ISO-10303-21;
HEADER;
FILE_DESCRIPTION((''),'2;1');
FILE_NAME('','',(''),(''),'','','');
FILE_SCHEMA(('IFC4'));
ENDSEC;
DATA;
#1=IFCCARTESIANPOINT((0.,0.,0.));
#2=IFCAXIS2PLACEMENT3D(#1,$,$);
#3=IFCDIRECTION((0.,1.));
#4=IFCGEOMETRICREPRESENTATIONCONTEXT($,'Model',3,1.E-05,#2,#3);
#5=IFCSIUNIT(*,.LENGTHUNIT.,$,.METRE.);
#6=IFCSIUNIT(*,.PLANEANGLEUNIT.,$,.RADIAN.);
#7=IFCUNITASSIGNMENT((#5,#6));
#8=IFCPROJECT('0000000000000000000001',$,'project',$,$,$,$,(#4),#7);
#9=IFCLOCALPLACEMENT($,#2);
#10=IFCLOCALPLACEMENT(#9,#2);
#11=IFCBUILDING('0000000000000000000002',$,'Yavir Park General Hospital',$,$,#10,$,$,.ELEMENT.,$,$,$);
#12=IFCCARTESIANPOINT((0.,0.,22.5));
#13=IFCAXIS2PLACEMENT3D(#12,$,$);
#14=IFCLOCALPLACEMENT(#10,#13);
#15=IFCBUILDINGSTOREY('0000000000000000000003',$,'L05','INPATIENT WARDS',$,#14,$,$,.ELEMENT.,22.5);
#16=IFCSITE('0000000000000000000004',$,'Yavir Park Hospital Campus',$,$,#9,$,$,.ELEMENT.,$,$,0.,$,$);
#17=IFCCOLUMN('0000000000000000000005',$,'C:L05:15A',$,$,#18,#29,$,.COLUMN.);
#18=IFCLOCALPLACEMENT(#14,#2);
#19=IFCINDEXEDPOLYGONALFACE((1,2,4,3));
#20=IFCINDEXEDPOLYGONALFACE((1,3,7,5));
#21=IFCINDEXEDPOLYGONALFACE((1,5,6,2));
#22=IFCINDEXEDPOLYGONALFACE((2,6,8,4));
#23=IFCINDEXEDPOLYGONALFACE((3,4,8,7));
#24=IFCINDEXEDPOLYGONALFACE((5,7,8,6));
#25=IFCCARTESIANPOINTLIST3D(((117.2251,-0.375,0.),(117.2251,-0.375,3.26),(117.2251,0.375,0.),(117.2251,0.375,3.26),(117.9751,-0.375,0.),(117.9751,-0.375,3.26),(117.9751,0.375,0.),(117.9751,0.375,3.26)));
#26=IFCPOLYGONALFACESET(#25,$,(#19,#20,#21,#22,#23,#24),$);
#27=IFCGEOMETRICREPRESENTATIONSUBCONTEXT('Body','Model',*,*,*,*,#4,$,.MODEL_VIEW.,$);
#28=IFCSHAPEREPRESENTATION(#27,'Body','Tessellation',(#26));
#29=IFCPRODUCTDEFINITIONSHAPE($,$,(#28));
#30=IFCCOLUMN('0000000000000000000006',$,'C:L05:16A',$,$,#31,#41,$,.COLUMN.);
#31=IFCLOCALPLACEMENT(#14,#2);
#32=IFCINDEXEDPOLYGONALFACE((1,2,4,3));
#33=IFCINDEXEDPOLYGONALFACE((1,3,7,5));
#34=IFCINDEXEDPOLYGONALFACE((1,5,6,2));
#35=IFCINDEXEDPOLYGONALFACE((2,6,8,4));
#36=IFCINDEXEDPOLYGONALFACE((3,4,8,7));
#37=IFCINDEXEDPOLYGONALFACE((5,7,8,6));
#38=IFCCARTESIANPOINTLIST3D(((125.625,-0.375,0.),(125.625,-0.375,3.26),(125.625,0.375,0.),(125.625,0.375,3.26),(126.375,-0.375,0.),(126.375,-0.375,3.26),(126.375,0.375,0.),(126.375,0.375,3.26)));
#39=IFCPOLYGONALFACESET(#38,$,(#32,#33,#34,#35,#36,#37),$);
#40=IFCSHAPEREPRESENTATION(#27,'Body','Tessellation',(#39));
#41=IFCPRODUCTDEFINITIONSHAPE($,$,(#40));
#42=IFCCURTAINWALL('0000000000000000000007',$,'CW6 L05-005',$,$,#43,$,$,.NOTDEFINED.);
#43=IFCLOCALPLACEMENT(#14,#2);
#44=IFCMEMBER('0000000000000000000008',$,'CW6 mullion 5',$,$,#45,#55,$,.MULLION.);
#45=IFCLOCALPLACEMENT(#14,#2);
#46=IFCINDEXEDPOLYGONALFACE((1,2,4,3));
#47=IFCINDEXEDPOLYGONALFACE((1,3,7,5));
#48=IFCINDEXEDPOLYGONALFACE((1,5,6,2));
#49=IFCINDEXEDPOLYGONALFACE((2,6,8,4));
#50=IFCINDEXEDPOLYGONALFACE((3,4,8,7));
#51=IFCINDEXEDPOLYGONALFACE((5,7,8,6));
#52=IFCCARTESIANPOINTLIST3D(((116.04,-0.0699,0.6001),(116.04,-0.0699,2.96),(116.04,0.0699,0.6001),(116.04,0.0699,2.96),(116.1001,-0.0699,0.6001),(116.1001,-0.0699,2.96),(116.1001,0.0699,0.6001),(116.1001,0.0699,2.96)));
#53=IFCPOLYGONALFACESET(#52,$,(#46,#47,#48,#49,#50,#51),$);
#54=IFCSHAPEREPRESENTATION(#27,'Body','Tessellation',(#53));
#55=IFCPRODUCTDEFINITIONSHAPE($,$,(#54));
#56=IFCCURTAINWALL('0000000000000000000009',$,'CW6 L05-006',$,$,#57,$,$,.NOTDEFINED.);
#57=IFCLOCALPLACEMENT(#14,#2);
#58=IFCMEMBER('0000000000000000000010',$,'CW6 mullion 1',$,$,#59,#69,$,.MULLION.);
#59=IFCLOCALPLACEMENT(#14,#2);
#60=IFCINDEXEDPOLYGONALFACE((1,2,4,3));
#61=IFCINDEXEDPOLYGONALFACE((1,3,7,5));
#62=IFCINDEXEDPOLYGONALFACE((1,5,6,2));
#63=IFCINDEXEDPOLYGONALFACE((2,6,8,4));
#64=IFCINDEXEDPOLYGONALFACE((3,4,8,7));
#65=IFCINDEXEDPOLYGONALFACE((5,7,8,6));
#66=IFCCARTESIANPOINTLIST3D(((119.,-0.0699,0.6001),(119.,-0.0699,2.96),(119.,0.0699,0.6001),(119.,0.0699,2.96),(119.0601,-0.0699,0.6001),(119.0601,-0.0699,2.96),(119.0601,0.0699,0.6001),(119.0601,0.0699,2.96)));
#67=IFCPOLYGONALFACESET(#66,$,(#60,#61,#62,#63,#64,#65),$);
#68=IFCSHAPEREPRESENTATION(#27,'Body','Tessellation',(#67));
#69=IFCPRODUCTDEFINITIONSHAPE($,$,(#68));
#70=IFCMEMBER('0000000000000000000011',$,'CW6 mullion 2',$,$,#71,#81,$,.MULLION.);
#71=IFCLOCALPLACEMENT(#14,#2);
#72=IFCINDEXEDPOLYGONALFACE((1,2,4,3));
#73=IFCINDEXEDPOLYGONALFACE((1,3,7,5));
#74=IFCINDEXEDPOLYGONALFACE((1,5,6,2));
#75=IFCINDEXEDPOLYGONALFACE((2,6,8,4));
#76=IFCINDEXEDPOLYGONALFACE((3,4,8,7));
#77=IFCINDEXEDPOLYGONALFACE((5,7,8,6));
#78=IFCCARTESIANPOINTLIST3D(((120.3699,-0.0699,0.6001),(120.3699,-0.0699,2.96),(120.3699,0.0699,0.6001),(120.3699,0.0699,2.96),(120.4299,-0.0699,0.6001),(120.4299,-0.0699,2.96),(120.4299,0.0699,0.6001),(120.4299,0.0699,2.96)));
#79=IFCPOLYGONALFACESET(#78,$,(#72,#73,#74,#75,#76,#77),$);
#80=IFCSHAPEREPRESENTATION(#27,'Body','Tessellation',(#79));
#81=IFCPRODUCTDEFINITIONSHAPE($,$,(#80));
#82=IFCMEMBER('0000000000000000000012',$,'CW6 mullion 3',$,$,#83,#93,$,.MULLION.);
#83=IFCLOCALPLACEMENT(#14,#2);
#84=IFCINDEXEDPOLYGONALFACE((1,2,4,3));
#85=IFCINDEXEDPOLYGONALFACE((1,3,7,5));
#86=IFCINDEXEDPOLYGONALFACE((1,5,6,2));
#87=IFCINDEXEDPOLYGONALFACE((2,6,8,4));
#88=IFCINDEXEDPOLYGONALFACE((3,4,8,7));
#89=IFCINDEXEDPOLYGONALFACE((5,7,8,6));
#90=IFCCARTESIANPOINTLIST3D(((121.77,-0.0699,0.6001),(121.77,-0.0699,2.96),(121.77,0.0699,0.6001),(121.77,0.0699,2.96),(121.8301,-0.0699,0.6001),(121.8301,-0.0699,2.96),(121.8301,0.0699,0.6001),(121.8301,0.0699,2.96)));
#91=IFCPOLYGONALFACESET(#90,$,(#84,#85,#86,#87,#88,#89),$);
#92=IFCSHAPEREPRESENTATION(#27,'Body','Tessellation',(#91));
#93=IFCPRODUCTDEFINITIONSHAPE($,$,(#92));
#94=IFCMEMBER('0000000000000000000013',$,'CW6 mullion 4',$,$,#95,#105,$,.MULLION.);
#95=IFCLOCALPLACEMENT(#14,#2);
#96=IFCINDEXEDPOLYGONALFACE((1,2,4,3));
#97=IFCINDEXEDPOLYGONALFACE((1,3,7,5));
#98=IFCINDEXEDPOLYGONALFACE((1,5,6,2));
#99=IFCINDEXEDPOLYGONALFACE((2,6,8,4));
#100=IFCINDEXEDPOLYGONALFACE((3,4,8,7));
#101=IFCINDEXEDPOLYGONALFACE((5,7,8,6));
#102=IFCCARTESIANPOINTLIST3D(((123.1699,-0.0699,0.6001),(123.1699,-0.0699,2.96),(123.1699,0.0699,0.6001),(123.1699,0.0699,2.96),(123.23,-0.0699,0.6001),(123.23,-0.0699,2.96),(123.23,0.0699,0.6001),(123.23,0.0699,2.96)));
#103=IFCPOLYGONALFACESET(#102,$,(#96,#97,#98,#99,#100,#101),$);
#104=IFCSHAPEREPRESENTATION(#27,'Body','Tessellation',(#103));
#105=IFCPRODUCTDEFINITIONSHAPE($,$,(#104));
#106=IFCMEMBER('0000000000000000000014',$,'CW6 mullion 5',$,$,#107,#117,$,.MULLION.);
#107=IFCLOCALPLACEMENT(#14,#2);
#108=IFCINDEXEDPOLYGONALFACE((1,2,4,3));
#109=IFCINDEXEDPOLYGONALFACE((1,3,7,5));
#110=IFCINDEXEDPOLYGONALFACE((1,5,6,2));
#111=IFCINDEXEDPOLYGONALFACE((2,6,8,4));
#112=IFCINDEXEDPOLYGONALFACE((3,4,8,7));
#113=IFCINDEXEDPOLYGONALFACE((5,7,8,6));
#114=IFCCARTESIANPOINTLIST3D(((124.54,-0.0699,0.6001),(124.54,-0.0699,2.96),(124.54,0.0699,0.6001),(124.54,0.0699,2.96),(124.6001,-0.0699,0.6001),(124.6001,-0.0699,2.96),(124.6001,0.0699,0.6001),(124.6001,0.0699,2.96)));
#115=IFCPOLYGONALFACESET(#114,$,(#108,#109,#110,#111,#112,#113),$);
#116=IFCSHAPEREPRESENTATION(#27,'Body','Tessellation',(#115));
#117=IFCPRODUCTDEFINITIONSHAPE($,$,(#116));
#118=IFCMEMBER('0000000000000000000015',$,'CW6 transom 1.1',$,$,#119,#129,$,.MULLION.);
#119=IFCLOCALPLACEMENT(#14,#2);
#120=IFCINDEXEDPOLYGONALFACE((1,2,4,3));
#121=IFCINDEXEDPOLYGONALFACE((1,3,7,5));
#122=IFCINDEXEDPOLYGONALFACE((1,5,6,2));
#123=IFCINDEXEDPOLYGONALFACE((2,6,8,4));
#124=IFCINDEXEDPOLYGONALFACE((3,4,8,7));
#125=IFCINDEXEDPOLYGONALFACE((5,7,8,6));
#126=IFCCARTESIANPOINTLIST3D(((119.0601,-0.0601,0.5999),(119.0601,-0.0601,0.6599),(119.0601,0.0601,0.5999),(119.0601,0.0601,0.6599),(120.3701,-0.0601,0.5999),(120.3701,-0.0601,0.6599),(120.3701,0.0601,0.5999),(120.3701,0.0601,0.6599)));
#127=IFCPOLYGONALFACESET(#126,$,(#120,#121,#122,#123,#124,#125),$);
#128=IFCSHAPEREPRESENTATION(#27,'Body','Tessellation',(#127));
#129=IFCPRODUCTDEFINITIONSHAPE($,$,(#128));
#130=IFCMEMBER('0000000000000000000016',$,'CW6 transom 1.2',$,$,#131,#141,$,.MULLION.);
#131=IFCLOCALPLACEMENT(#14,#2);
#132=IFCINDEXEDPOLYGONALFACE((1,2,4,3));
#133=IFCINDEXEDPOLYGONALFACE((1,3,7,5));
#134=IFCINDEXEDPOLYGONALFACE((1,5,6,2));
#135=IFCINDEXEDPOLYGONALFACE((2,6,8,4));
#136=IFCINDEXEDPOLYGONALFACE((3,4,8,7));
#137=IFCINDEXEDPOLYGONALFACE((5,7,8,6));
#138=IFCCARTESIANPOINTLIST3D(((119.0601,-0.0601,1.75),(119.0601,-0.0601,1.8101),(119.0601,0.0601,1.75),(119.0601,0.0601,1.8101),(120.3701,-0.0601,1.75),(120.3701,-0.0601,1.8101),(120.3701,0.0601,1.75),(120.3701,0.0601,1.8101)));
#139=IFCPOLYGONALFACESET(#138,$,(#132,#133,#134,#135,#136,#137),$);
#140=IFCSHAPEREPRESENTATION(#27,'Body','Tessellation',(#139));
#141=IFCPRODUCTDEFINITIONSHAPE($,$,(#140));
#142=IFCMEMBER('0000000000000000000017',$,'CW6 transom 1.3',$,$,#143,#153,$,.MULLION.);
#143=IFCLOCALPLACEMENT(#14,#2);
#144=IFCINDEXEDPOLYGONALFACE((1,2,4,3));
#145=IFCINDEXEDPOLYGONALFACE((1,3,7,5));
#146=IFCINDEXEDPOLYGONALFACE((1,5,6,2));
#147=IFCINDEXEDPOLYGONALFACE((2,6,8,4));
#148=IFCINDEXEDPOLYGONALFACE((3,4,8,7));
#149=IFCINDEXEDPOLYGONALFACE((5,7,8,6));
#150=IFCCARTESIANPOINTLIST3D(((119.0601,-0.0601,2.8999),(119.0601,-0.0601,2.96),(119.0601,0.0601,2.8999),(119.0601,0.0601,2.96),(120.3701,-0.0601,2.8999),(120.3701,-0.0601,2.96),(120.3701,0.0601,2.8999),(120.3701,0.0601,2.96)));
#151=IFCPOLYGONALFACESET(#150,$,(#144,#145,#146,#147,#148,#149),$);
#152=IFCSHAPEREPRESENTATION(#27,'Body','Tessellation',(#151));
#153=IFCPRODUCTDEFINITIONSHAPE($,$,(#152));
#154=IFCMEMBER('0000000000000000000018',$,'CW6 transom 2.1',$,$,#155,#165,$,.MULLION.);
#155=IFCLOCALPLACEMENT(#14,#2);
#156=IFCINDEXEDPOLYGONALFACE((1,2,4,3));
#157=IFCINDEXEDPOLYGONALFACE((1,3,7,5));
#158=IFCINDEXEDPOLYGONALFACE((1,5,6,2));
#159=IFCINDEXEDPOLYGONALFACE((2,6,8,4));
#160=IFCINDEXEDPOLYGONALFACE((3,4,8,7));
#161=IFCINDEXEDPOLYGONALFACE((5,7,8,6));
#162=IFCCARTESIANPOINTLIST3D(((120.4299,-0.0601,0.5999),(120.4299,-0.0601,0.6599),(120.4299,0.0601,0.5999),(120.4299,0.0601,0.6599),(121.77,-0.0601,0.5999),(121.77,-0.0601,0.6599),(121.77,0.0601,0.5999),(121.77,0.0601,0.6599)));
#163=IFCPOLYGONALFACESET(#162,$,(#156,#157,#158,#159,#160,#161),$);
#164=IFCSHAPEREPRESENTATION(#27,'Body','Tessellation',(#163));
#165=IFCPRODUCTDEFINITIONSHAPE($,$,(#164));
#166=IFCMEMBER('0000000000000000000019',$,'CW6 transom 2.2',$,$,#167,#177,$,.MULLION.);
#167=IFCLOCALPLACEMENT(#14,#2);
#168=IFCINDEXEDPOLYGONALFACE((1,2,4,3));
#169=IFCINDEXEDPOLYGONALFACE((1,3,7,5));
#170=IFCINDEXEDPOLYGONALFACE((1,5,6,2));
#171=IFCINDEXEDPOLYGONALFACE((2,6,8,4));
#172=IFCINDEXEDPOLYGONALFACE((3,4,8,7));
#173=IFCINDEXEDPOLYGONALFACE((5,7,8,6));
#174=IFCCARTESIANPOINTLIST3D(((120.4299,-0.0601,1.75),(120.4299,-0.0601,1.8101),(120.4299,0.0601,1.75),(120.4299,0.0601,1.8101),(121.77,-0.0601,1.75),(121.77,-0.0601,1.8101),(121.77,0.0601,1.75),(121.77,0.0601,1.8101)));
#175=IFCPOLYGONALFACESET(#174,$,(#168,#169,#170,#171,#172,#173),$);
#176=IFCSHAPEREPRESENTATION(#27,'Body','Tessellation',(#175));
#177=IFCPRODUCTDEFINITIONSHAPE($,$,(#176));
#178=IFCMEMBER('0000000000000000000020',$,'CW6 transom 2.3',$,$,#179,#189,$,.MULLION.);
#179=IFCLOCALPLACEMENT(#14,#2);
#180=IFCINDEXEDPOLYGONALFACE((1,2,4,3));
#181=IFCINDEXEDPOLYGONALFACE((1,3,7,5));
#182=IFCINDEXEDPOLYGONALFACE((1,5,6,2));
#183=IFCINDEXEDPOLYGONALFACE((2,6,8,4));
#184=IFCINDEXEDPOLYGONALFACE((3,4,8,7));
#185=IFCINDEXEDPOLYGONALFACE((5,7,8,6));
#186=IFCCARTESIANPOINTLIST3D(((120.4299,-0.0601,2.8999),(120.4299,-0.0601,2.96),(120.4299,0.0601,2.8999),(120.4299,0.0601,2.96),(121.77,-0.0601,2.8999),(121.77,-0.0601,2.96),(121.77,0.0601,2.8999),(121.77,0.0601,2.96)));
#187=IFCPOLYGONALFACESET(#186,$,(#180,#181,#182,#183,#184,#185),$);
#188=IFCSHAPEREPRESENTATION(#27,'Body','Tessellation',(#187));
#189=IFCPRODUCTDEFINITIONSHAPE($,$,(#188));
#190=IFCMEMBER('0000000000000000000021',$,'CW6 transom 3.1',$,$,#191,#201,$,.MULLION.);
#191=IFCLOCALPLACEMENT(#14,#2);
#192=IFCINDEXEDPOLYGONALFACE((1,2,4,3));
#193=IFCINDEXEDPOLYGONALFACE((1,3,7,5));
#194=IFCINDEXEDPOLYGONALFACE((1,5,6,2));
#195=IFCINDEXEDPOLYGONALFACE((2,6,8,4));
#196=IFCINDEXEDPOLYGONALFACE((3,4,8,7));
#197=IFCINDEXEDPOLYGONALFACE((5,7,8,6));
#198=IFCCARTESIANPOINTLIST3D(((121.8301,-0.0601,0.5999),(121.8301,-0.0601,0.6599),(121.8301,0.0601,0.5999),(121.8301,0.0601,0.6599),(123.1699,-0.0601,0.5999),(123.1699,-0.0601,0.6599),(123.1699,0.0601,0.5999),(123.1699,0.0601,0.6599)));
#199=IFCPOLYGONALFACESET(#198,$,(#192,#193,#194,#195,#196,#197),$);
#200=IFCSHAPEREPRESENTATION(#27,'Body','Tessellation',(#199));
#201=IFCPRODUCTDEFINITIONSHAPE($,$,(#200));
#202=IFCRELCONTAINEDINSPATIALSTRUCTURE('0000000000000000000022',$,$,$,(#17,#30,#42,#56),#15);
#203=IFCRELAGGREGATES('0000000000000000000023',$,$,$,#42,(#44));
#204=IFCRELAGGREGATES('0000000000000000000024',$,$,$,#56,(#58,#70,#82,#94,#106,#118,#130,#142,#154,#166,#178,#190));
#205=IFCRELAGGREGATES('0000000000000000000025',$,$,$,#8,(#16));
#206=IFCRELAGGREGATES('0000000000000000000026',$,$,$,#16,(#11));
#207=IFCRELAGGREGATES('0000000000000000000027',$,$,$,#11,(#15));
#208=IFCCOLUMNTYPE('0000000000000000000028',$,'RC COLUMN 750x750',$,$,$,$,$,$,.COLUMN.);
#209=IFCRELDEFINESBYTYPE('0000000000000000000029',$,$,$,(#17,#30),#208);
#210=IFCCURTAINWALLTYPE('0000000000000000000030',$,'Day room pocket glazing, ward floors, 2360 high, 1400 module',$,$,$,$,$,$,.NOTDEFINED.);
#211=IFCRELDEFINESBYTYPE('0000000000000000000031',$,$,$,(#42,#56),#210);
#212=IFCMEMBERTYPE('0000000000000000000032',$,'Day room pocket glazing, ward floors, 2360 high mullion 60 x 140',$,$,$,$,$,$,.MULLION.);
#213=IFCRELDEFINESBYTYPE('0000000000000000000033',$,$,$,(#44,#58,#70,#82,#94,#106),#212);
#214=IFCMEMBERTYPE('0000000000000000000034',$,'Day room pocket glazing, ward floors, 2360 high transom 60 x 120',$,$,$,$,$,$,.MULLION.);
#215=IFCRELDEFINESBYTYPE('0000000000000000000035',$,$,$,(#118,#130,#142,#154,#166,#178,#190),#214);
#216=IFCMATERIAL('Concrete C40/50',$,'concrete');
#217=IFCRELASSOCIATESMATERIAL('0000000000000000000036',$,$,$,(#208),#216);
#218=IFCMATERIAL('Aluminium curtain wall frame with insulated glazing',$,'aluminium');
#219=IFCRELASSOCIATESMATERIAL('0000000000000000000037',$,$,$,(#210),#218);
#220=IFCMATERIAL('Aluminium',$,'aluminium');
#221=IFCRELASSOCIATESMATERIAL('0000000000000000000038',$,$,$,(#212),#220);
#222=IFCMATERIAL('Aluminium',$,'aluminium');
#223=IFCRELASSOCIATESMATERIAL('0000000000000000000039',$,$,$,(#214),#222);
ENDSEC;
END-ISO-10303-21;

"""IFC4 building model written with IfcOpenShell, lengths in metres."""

from ifc_helpers import new_model, si_unit, direction, frame, origin, origin_2d, place, context, subcontext, project, spatial, rectangle, extrude, material, material_profile, profile_set, type_object, element, aggregate, save


model = new_model("IFC4")

# Units and contexts
model_context = context("Model", 3, precision=1e-05, world=origin(), true_north=direction((0.0, 1.0)))
body_context = subcontext(model_context, "Body", "Model", "MODEL_VIEW")
ifc_project = project(units=[si_unit("LENGTHUNIT", "METRE"), si_unit("PLANEANGLEUNIT", "RADIAN")], contexts=[model_context])

# Site, building, storey
site_placement = place(None, origin())
site = spatial("IfcSite", under=ifc_project, at=site_placement, Name="Yavir Park Hospital Campus", CompositionType="ELEMENT", RefElevation=0.0)
building_placement = place(site_placement, origin())
building = spatial("IfcBuilding", under=site, at=building_placement, Name="Yavir Park General Hospital", CompositionType="ELEMENT")
storey_placement = place(building_placement, frame((0.0, 0.0, 22.5)))
storey = spatial("IfcBuildingStorey", under=building, at=storey_placement, Name="L05", Description="INPATIENT WARDS", CompositionType="ELEMENT", Elevation=22.5)

# Columns
ifc_material_1 = material(Name="Concrete C40/50", Category="concrete")
ifc_material_profile_1 = material_profile(ifc_material_1, rectangle(XDim=0.75, YDim=0.75, at=origin_2d()), Name="RC750x750")
ifc_profile_set_1 = profile_set([ifc_material_profile_1], Name="Concrete C40/50")
column_type = type_object("IfcColumnType", Name="RC COLUMN 750x750", PredefinedType="COLUMN", material=ifc_profile_set_1)
for number, where, z_axis, x_axis, name in (
    (1, (117.6001, 0.0, 0.0), (0.0, 0.0, 1.0), (1.0, 0.0, 0.0), "C:L05:15A"),
    (2, (126.0, 0.0, 0.0), (0.0, 0.0, 1.0), (1.0, 0.0, 0.0), "C:L05:16A"),
):
    element("IfcColumn", number, at=place(storey_placement, frame(where, z_axis=z_axis, x_axis=x_axis)), inside=storey, type_object=column_type, Name=name, PredefinedType="COLUMN", context=body_context, shape_type="SweptSolid", body=[
        extrude(rectangle(XDim=0.75, YDim=0.75, at=origin_2d()), origin(), (0.0, 0.0, 1.0), 3.26),
    ])

# Curtain wall, member
ifc_material_2 = material(Name="Aluminium curtain wall frame with insulated glazing", Category="aluminium")
curtain_wall_type = type_object("IfcCurtainWallType", Name="Day room pocket glazing, ward floors, 2360 high, 1400 module", PredefinedType="NOTDEFINED", material=ifc_material_2)
curtain_wall_1_placement = place(storey_placement, origin())
curtain_wall_1 = element("IfcCurtainWall", 3, at=curtain_wall_1_placement, inside=storey, type_object=curtain_wall_type, Name="CW6 L05-005", PredefinedType="NOTDEFINED")
ifc_material_3 = material(Name="Aluminium", Category="aluminium")
ifc_material_profile_2 = material_profile(ifc_material_3, rectangle(XDim=0.1399, YDim=0.0601, at=origin_2d()), Name="AL 60x140")
ifc_profile_set_2 = profile_set([ifc_material_profile_2], Name="Aluminium")
member_type_1 = type_object("IfcMemberType", Name="Day room pocket glazing, ward floors, 2360 high mullion 60 x 140", PredefinedType="MULLION", material=ifc_profile_set_2)
member_1_placement = place(storey_placement, frame((116.0701, 0.0, 0.6001), z_axis=(0.0, 0.0, 1.0), x_axis=(0.0, 1.0, 0.0)))
member_1 = element("IfcMember", 4, at=member_1_placement, type_object=member_type_1, Name="CW6 mullion 5", PredefinedType="MULLION", context=body_context, shape_type="SweptSolid", body=[
    extrude(rectangle(XDim=0.1399, YDim=0.0601, at=origin_2d()), origin(), (0.0, 0.0, 1.0), 2.3599),
])

# Curtain wall, members
curtain_wall_2_placement = place(storey_placement, origin())
curtain_wall_2 = element("IfcCurtainWall", 5, at=curtain_wall_2_placement, inside=storey, type_object=curtain_wall_type, Name="CW6 L05-006", PredefinedType="NOTDEFINED")
member_2_placement = place(storey_placement, frame((119.03, 0.0, 0.6001), z_axis=(0.0, 0.0, 1.0), x_axis=(0.0, 1.0, 0.0)))
member_2 = element("IfcMember", 6, at=member_2_placement, type_object=member_type_1, Name="CW6 mullion 1", PredefinedType="MULLION", context=body_context, shape_type="SweptSolid", body=[
    extrude(rectangle(XDim=0.1399, YDim=0.0601, at=origin_2d()), origin(), (0.0, 0.0, 1.0), 2.3599),
])
member_3_placement = place(storey_placement, frame((120.3999, 0.0, 0.6001), z_axis=(0.0, 0.0, 1.0), x_axis=(0.0, 1.0, 0.0)))
member_3 = element("IfcMember", 7, at=member_3_placement, type_object=member_type_1, Name="CW6 mullion 2", PredefinedType="MULLION", context=body_context, shape_type="SweptSolid", body=[
    extrude(rectangle(XDim=0.1399, YDim=0.0601, at=origin_2d()), origin(), (0.0, 0.0, 1.0), 2.3599),
])
member_4_placement = place(storey_placement, frame((121.8, 0.0, 0.6001), z_axis=(0.0, 0.0, 1.0), x_axis=(0.0, 1.0, 0.0)))
member_4 = element("IfcMember", 8, at=member_4_placement, type_object=member_type_1, Name="CW6 mullion 3", PredefinedType="MULLION", context=body_context, shape_type="SweptSolid", body=[
    extrude(rectangle(XDim=0.1399, YDim=0.0601, at=origin_2d()), origin(), (0.0, 0.0, 1.0), 2.3599),
])
member_5_placement = place(storey_placement, frame((123.2, 0.0, 0.6001), z_axis=(0.0, 0.0, 1.0), x_axis=(0.0, 1.0, 0.0)))
member_5 = element("IfcMember", 9, at=member_5_placement, type_object=member_type_1, Name="CW6 mullion 4", PredefinedType="MULLION", context=body_context, shape_type="SweptSolid", body=[
    extrude(rectangle(XDim=0.1399, YDim=0.0601, at=origin_2d()), origin(), (0.0, 0.0, 1.0), 2.3599),
])
member_6_placement = place(storey_placement, frame((124.5701, 0.0, 0.6001), z_axis=(0.0, 0.0, 1.0), x_axis=(0.0, 1.0, 0.0)))
member_6 = element("IfcMember", 10, at=member_6_placement, type_object=member_type_1, Name="CW6 mullion 5", PredefinedType="MULLION", context=body_context, shape_type="SweptSolid", body=[
    extrude(rectangle(XDim=0.1399, YDim=0.0601, at=origin_2d()), origin(), (0.0, 0.0, 1.0), 2.3599),
])
ifc_material_4 = material(Name="Aluminium", Category="aluminium")
ifc_material_profile_3 = material_profile(ifc_material_4, rectangle(XDim=0.1201, YDim=0.0601, at=origin_2d()), Name="AL 120x60")
ifc_profile_set_3 = profile_set([ifc_material_profile_3], Name="Aluminium")
member_type_2 = type_object("IfcMemberType", Name="Day room pocket glazing, ward floors, 2360 high transom 60 x 120", PredefinedType="MULLION", material=ifc_profile_set_3)
member_7_placement = place(storey_placement, frame((119.0601, 0.0, 0.6299), z_axis=(1.0, 0.0, 0.0), x_axis=(0.0, 1.0, 0.0)))
member_7 = element("IfcMember", 11, at=member_7_placement, type_object=member_type_2, Name="CW6 transom 1.1", PredefinedType="MULLION", context=body_context, shape_type="SweptSolid", body=[
    extrude(rectangle(XDim=0.1201, YDim=0.0601, at=origin_2d()), origin(), (0.0, 0.0, 1.0), 1.3101),
])
member_8_placement = place(storey_placement, frame((119.0601, 0.0, 1.78), z_axis=(1.0, 0.0, 0.0), x_axis=(0.0, 1.0, 0.0)))
member_8 = element("IfcMember", 12, at=member_8_placement, type_object=member_type_2, Name="CW6 transom 1.2", PredefinedType="MULLION", context=body_context, shape_type="SweptSolid", body=[
    extrude(rectangle(XDim=0.1201, YDim=0.0601, at=origin_2d()), origin(), (0.0, 0.0, 1.0), 1.3101),
])
member_9_placement = place(storey_placement, frame((119.0601, 0.0, 2.9299), z_axis=(1.0, 0.0, 0.0), x_axis=(0.0, 1.0, 0.0)))
member_9 = element("IfcMember", 13, at=member_9_placement, type_object=member_type_2, Name="CW6 transom 1.3", PredefinedType="MULLION", context=body_context, shape_type="SweptSolid", body=[
    extrude(rectangle(XDim=0.1201, YDim=0.0601, at=origin_2d()), origin(), (0.0, 0.0, 1.0), 1.3101),
])
member_10_placement = place(storey_placement, frame((120.4299, 0.0, 0.6299), z_axis=(1.0, 0.0, 0.0), x_axis=(0.0, 1.0, 0.0)))
member_10 = element("IfcMember", 14, at=member_10_placement, type_object=member_type_2, Name="CW6 transom 2.1", PredefinedType="MULLION", context=body_context, shape_type="SweptSolid", body=[
    extrude(rectangle(XDim=0.1201, YDim=0.0601, at=origin_2d()), origin(), (0.0, 0.0, 1.0), 1.3401),
])
member_11_placement = place(storey_placement, frame((120.4299, 0.0, 1.78), z_axis=(1.0, 0.0, 0.0), x_axis=(0.0, 1.0, 0.0)))
member_11 = element("IfcMember", 15, at=member_11_placement, type_object=member_type_2, Name="CW6 transom 2.2", PredefinedType="MULLION", context=body_context, shape_type="SweptSolid", body=[
    extrude(rectangle(XDim=0.1201, YDim=0.0601, at=origin_2d()), origin(), (0.0, 0.0, 1.0), 1.3401),
])
member_12_placement = place(storey_placement, frame((120.4299, 0.0, 2.9299), z_axis=(1.0, 0.0, 0.0), x_axis=(0.0, 1.0, 0.0)))
member_12 = element("IfcMember", 16, at=member_12_placement, type_object=member_type_2, Name="CW6 transom 2.3", PredefinedType="MULLION", context=body_context, shape_type="SweptSolid", body=[
    extrude(rectangle(XDim=0.1201, YDim=0.0601, at=origin_2d()), origin(), (0.0, 0.0, 1.0), 1.3401),
])
member_13_placement = place(storey_placement, frame((121.8301, 0.0, 0.6299), z_axis=(1.0, 0.0, 0.0), x_axis=(0.0, 1.0, 0.0)))
member_13 = element("IfcMember", 17, at=member_13_placement, type_object=member_type_2, Name="CW6 transom 3.1", PredefinedType="MULLION", context=body_context, shape_type="SweptSolid", body=[
    extrude(rectangle(XDim=0.1201, YDim=0.0601, at=origin_2d()), origin(), (0.0, 0.0, 1.0), 1.3398),
])

aggregate(curtain_wall_1, [member_1])
aggregate(curtain_wall_2, [member_2, member_3, member_4, member_5, member_6, member_7, member_8, member_9, member_10, member_11, member_12, member_13])

save(model, "model.ifc")
